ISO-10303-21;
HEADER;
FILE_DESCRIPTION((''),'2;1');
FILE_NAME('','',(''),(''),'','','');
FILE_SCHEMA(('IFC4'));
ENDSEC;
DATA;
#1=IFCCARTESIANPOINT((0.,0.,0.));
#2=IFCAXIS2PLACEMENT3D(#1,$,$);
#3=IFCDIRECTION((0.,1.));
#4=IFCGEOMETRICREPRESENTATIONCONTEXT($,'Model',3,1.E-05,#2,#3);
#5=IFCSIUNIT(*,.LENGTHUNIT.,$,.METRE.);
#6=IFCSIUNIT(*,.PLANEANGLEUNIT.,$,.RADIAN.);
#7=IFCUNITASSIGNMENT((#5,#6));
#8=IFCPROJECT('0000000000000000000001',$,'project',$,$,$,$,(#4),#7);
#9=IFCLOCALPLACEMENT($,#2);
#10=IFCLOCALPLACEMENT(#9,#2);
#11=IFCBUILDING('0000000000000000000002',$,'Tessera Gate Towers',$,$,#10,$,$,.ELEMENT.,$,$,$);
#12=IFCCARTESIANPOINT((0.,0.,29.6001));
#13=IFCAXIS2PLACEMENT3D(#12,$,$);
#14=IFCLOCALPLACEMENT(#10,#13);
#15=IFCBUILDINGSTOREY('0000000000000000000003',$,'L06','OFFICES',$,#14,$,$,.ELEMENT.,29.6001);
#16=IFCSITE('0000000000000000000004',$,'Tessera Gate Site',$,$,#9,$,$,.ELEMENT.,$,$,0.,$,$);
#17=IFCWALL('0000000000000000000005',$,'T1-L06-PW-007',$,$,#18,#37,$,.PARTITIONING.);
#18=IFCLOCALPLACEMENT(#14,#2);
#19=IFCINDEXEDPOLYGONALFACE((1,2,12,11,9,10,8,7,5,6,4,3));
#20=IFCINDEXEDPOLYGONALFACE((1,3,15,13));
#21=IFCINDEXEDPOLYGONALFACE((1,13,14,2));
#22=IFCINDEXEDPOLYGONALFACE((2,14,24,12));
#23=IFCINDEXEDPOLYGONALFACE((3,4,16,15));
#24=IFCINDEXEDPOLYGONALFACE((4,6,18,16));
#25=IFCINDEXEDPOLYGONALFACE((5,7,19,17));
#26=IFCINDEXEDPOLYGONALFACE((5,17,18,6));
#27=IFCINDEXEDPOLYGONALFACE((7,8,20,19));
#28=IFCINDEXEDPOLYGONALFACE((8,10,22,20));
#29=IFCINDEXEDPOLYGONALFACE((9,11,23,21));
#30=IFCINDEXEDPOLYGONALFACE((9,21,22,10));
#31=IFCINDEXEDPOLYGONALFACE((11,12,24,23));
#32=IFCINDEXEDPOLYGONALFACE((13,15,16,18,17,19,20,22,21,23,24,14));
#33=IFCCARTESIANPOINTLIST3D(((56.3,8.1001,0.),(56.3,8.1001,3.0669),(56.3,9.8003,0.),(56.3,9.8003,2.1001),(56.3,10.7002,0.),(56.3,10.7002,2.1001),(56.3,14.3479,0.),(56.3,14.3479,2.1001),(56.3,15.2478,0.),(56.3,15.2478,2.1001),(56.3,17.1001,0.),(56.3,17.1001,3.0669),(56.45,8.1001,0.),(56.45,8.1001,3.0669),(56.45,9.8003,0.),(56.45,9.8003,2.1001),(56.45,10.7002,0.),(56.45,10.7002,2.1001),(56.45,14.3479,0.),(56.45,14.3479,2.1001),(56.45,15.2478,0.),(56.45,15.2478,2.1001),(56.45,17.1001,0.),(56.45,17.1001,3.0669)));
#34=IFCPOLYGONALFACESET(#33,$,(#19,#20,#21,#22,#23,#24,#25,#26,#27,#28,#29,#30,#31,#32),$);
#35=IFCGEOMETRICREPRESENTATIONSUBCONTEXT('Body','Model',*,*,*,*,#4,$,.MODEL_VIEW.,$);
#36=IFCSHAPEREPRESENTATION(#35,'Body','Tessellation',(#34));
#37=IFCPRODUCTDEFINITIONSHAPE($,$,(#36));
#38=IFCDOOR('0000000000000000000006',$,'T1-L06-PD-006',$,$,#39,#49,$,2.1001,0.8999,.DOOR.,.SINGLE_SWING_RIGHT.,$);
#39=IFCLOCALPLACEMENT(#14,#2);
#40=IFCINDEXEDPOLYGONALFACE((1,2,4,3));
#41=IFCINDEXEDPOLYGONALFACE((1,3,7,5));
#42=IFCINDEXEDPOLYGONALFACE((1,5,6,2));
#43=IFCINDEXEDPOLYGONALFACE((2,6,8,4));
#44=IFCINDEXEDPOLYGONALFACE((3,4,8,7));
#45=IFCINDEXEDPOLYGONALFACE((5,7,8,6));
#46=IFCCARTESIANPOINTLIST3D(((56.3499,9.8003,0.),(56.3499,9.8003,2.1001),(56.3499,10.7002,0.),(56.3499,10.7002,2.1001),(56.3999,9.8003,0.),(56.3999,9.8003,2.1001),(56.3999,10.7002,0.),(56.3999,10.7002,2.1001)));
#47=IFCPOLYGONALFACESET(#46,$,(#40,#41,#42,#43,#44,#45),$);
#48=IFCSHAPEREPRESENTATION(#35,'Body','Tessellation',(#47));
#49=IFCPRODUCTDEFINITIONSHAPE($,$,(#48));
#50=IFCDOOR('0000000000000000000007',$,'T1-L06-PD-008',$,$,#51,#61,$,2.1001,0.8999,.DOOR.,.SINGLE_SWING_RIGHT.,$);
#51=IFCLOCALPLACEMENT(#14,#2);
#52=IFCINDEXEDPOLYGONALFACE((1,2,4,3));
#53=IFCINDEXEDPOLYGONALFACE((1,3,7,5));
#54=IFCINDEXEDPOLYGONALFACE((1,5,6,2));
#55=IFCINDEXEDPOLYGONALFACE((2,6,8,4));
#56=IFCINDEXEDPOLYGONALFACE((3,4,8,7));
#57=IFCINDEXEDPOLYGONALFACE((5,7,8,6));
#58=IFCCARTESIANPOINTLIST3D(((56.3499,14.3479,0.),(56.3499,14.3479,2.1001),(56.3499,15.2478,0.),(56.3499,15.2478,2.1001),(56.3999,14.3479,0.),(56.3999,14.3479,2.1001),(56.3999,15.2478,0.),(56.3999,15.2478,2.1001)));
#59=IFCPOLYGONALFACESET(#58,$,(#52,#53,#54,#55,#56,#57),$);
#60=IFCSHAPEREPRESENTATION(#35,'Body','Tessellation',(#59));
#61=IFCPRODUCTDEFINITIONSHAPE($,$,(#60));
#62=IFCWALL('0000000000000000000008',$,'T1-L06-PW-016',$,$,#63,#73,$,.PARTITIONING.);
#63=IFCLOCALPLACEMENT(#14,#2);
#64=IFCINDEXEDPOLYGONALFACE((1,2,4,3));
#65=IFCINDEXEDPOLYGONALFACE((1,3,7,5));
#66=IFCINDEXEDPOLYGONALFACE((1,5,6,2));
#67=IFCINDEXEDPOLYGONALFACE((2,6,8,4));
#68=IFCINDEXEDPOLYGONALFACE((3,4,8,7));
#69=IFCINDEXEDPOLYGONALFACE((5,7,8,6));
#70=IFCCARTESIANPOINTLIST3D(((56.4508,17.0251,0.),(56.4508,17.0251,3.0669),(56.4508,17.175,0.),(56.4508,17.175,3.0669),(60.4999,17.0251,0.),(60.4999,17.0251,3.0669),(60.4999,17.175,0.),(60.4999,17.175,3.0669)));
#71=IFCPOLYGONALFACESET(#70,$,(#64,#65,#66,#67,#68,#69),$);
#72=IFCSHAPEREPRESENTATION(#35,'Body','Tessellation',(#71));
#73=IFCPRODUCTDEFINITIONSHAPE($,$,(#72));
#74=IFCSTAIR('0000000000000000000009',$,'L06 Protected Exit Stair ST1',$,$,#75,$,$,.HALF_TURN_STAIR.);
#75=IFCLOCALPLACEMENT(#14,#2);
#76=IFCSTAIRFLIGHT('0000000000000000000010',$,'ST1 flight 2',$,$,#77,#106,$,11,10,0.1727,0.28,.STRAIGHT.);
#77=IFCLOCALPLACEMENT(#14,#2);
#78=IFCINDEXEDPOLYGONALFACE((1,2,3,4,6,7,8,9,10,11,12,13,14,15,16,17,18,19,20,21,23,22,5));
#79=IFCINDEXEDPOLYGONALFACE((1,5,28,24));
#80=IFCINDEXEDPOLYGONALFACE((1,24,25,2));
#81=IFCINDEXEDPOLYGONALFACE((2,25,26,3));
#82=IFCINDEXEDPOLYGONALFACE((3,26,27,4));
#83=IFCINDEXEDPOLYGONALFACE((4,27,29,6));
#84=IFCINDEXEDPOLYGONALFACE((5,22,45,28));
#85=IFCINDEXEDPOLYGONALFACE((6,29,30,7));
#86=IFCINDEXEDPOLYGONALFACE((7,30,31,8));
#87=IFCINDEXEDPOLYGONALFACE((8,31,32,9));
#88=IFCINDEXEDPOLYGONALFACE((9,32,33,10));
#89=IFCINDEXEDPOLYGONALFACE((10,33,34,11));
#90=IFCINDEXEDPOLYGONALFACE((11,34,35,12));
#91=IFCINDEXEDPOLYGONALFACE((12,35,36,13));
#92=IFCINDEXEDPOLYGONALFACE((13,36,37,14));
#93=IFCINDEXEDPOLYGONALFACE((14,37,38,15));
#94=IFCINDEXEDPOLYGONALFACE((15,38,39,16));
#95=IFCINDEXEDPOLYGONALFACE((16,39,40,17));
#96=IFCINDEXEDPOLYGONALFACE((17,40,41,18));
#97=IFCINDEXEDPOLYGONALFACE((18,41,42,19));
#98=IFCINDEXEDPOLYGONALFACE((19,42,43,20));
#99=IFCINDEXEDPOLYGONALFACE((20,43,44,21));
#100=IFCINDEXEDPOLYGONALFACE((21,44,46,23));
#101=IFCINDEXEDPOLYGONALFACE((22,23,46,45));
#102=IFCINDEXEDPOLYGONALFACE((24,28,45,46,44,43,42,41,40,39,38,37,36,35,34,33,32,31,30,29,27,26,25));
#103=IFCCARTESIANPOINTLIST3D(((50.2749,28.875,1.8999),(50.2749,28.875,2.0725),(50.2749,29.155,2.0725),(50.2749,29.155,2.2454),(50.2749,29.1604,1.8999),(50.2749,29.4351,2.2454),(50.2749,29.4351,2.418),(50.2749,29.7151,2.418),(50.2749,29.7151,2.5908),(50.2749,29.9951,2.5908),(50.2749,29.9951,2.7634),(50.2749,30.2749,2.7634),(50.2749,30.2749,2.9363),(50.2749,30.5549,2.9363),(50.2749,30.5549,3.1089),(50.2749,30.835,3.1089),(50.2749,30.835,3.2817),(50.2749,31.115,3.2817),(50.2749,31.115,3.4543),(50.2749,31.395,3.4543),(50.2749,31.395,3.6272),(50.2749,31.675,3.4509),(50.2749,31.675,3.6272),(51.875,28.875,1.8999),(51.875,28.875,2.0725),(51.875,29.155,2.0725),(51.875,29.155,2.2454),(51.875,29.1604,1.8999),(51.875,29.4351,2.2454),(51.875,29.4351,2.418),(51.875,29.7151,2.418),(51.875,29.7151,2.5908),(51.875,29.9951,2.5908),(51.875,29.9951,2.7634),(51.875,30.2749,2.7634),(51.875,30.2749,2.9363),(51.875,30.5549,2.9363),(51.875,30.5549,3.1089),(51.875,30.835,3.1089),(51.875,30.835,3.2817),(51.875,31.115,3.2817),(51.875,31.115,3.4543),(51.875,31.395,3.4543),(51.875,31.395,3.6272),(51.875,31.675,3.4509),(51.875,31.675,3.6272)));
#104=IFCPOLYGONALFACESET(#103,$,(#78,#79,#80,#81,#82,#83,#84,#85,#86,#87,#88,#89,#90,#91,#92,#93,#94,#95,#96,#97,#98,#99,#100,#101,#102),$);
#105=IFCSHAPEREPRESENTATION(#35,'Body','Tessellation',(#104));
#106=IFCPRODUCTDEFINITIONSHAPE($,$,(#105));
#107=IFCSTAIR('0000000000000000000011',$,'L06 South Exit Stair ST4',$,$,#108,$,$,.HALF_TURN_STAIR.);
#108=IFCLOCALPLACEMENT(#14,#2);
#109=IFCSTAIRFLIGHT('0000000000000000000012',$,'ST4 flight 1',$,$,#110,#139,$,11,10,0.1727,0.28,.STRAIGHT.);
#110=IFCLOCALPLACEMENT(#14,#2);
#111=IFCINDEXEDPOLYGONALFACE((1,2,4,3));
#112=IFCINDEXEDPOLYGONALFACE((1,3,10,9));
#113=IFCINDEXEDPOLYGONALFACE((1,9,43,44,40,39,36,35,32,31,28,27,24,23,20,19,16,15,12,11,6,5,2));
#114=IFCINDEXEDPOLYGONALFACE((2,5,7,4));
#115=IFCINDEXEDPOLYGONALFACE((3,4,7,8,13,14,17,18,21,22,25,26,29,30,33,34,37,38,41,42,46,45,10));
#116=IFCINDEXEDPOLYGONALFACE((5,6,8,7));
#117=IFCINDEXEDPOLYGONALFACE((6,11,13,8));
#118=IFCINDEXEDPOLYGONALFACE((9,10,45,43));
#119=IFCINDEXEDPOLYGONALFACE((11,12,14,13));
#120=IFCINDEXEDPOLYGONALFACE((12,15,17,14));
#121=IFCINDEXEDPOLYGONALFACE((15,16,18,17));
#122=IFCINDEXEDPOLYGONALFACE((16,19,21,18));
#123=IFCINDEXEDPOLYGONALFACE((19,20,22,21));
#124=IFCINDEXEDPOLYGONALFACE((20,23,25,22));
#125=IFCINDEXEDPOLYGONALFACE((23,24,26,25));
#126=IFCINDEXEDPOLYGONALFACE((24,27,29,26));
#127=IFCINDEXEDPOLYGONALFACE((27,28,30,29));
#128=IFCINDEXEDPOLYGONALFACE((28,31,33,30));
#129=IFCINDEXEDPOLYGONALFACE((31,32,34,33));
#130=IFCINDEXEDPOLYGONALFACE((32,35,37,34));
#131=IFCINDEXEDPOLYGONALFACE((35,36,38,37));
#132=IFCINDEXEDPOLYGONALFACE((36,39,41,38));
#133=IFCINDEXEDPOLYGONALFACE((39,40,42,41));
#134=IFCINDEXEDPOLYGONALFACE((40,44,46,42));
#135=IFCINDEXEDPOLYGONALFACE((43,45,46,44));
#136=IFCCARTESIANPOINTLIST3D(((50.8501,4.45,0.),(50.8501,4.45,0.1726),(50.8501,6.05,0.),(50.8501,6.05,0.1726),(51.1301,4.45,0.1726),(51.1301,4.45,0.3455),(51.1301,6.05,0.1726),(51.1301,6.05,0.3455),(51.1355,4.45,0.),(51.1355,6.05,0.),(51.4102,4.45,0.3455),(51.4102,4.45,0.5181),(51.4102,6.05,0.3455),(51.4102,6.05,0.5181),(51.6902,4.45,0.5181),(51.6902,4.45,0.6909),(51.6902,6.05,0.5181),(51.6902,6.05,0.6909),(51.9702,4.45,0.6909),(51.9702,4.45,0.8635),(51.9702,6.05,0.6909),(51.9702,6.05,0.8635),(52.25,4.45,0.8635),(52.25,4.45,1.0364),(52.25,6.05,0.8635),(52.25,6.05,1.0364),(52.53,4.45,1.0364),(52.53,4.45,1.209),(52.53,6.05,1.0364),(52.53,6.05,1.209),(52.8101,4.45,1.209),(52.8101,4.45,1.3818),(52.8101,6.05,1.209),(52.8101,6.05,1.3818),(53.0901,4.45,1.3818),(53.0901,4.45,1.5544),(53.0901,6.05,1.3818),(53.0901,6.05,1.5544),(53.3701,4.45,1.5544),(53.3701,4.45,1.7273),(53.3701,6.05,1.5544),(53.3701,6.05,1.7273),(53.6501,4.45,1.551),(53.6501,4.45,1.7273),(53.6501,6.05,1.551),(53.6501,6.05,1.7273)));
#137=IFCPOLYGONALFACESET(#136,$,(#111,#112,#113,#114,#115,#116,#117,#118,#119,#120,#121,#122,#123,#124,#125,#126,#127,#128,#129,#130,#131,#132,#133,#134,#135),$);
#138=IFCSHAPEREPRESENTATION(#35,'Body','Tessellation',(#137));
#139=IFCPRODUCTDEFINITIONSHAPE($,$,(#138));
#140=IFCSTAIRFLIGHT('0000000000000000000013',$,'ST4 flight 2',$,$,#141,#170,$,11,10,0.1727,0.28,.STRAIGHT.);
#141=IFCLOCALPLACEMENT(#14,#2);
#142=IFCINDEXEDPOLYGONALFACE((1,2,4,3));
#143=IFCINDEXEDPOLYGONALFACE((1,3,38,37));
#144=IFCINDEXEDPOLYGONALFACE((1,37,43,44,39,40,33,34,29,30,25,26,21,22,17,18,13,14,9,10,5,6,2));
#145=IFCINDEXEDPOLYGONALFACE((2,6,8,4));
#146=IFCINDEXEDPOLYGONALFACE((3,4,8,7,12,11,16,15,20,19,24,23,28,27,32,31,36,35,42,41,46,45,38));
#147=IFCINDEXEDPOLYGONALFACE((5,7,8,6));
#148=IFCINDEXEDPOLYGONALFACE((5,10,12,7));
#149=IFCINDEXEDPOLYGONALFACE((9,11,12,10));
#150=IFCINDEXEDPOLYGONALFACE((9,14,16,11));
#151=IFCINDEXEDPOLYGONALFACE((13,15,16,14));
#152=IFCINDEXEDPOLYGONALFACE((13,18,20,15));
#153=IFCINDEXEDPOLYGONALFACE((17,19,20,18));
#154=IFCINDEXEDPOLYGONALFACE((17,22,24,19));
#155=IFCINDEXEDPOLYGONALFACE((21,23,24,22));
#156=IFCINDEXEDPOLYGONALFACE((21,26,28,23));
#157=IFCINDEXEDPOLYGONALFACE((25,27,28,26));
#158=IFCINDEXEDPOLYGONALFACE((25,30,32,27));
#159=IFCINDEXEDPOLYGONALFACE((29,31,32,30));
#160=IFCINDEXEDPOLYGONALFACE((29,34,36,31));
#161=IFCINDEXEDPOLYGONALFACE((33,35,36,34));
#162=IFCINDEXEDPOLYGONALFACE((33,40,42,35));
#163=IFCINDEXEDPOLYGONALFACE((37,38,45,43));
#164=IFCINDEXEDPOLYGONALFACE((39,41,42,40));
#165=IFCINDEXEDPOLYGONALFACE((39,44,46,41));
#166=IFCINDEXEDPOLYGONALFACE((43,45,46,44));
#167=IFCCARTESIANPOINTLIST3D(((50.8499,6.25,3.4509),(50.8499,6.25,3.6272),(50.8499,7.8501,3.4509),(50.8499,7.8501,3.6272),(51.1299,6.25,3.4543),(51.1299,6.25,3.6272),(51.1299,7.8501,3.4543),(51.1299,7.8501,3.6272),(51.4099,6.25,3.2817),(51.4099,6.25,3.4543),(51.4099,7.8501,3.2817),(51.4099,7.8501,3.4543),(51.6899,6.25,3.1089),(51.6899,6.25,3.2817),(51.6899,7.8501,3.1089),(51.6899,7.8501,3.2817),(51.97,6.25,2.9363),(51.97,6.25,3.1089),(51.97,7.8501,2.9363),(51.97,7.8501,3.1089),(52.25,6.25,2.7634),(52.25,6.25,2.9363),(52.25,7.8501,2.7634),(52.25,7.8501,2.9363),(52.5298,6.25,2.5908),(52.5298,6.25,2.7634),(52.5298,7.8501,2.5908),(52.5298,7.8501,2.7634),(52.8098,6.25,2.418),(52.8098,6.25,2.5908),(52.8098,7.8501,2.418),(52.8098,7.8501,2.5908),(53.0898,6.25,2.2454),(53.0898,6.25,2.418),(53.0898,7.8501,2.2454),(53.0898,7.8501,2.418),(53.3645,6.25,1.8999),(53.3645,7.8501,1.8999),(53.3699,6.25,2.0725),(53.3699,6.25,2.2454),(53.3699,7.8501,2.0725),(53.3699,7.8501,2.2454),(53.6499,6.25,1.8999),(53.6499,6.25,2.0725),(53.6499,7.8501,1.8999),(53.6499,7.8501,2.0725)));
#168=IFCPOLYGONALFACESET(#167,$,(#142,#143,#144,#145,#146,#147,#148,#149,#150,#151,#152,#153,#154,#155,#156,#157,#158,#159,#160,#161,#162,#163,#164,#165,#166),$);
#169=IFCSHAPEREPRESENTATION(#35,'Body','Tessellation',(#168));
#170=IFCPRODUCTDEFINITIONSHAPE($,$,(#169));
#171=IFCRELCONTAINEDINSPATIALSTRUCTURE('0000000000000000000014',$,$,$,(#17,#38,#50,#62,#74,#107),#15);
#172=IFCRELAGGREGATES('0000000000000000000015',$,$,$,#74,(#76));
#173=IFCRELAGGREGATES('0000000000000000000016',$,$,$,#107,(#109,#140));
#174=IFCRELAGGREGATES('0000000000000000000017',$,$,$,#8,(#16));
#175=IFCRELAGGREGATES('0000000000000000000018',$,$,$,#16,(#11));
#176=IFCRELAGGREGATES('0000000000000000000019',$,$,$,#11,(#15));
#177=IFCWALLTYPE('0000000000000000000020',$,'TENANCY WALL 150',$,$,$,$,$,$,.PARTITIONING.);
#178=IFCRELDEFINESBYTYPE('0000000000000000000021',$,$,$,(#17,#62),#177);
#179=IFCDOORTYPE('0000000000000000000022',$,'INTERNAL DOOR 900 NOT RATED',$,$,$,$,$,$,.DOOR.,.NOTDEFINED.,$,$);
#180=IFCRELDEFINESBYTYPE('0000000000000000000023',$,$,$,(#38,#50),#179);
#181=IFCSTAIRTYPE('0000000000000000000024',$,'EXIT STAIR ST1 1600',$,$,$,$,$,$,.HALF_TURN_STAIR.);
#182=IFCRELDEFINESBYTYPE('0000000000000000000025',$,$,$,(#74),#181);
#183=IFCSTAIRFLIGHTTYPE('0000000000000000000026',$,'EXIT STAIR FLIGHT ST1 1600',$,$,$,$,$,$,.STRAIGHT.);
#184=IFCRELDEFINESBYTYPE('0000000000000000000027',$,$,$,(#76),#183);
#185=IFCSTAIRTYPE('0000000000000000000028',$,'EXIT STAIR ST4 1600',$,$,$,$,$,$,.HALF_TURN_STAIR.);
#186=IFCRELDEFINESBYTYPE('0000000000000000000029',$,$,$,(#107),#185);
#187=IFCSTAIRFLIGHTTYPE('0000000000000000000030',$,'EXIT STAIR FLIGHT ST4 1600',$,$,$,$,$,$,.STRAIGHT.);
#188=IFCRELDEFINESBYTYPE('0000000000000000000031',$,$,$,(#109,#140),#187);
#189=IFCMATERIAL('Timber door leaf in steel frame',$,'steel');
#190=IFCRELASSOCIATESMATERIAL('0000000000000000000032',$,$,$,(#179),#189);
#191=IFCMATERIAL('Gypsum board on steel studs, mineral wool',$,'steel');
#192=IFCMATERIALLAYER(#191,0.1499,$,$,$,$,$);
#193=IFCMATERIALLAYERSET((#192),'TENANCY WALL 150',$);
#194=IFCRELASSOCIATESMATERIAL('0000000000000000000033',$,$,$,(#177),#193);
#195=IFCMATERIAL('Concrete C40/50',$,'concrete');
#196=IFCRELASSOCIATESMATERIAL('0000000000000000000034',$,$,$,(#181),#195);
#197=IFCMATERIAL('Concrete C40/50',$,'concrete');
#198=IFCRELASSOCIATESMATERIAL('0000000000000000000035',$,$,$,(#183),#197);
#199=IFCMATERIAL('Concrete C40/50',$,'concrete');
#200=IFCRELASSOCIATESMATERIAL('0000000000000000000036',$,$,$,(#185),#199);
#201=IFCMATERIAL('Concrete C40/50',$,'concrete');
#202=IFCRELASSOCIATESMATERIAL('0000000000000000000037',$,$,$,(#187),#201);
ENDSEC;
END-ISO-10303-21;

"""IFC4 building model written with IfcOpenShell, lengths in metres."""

from ifc_helpers import new_model, si_unit, direction, frame, frame_2d, origin, place, context, subcontext, project, spatial, polyline, rectangle, outline, extrude, source, transform, mapped, material, layer, layer_set, type_object, element, fill, aggregate, save


model = new_model("IFC4")

# Units and contexts
model_context = context("Model", 3, precision=1e-05, world=origin(), true_north=direction((0.0, 1.0)))
body_context = subcontext(model_context, "Body", "Model", "MODEL_VIEW")
ifc_project = project(units=[si_unit("LENGTHUNIT", "METRE"), si_unit("PLANEANGLEUNIT", "RADIAN")], contexts=[model_context])

# Site, building, storey
site_placement = place(None, origin())
site = spatial("IfcSite", under=ifc_project, at=site_placement, Name="Tessera Gate Site", CompositionType="ELEMENT", RefElevation=0.0)
building_placement = place(site_placement, origin())
building = spatial("IfcBuilding", under=site, at=building_placement, Name="Tessera Gate Towers", CompositionType="ELEMENT")
storey_placement = place(building_placement, frame((0.0, 0.0, 29.6001)))
storey = spatial("IfcBuildingStorey", under=building, at=storey_placement, Name="L06", Description="OFFICES", CompositionType="ELEMENT", Elevation=29.6001)

# Shared definitions
ifc_material_1 = material(Name="Timber door leaf in steel frame", Category="steel")
door_type_1 = type_object("IfcDoorType", Name="INTERNAL DOOR 900 NOT RATED", OperationType="NOTDEFINED", PredefinedType="DOOR", material=ifc_material_1)
shared_shape_1 = source(origin(), body_context, "Body", "SweptSolid", [
    extrude(rectangle(XDim=0.8999, YDim=2.1001, at=frame_2d((0.45, 1.05))), frame((0.0, 0.0249, 0.0), z_axis=(0.0, -1.0, 0.0), x_axis=(1.0, 0.0, 0.0)), (0.0, 0.0, 1.0), 0.05),
])

# Wall, openings, doors
ifc_material_2 = material(Name="Gypsum board on steel studs, mineral wool", Category="steel")
ifc_layer_1 = layer(ifc_material_2, 0.1499)
ifc_layer_set_1 = layer_set([ifc_layer_1], Name="TENANCY WALL 150")
wall_type_1 = type_object("IfcWallType", Name="TENANCY WALL 150", PredefinedType="PARTITIONING", material=ifc_layer_set_1)
wall_1_placement = place(storey_placement, frame((56.375, 17.1001, 0.0), z_axis=(0.0, 0.0, 1.0), x_axis=(0.0, -1.0, 0.0)))
wall_1 = element("IfcWall", 1, at=wall_1_placement, inside=storey, type_object=wall_type_1, Name="T1-L06-PW-007", PredefinedType="PARTITIONING", context=body_context, shape_type="SweptSolid", body=[
    extrude(rectangle(XDim=9.0, YDim=0.1499, at=frame_2d((4.5, 0.0))), origin(), (0.0, 0.0, 1.0), 3.0669),
])
shared_shape_2 = source(origin(), body_context, "Body", "SweptSolid", [
    extrude(rectangle(XDim=0.8999, YDim=2.1001, at=frame_2d((0.45, 1.05))), frame((0.0, 0.085, 0.0), z_axis=(0.0, -1.0, 0.0), x_axis=(1.0, 0.0, 0.0)), (0.0, 0.0, 1.0), 0.1699),
])
opening_1_placement = place(wall_1_placement, frame((6.3999, 0.0, 0.0)))
opening_1 = element("IfcOpeningElement", 2, at=opening_1_placement, cuts=wall_1, PredefinedType="OPENING", context=body_context, shape_type="MappedRepresentation", body=[
    mapped(shared_shape_2, transform((0.0, 0.0, 0.0), scale=1.0)),
])
opening_2_placement = place(wall_1_placement, frame((1.8523, 0.0, 0.0)))
opening_2 = element("IfcOpeningElement", 3, at=opening_2_placement, cuts=wall_1, PredefinedType="OPENING", context=body_context, shape_type="MappedRepresentation", body=[
    mapped(shared_shape_2, transform((0.0, 0.0, 0.0), scale=1.0)),
])
door_1_placement = place(opening_1_placement, origin())
door_1 = element("IfcDoor", 4, at=door_1_placement, inside=storey, type_object=door_type_1, Name="T1-L06-PD-006", OperationType="SINGLE_SWING_RIGHT", OverallHeight=2.1001, OverallWidth=0.8999, PredefinedType="DOOR", context=body_context, shape_type="MappedRepresentation", body=[
    mapped(shared_shape_1, transform((0.0, 0.0, 0.0), scale=1.0)),
])
fill(opening_1, door_1)
door_2_placement = place(opening_2_placement, origin())
door_2 = element("IfcDoor", 5, at=door_2_placement, inside=storey, type_object=door_type_1, Name="T1-L06-PD-008", OperationType="SINGLE_SWING_RIGHT", OverallHeight=2.1001, OverallWidth=0.8999, PredefinedType="DOOR", context=body_context, shape_type="MappedRepresentation", body=[
    mapped(shared_shape_1, transform((0.0, 0.0, 0.0), scale=1.0)),
])
fill(opening_2, door_2)

# Wall
wall_2_placement = place(storey_placement, frame((56.4509, 17.1001, 0.0), z_axis=(0.0, 0.0, 1.0), x_axis=(1.0, 0.0, 0.0)))
element("IfcWall", 6, at=wall_2_placement, inside=storey, type_object=wall_type_1, Name="T1-L06-PW-016", PredefinedType="PARTITIONING", context=body_context, shape_type="SweptSolid", body=[
    extrude(rectangle(XDim=4.0491, YDim=0.1499, at=frame_2d((2.0244, 0.0))), origin(), (0.0, 0.0, 1.0), 3.0669),
])

# Stair, stair flight
ifc_material_3 = material(Name="Concrete C40/50", Category="concrete")
stair_type_1 = type_object("IfcStairType", Name="EXIT STAIR ST1 1600", PredefinedType="HALF_TURN_STAIR", material=ifc_material_3)
stair_1_placement = place(storey_placement, origin())
stair_1 = element("IfcStair", 7, at=stair_1_placement, inside=storey, type_object=stair_type_1, Name="L06 Protected Exit Stair ST1", PredefinedType="HALF_TURN_STAIR")
ifc_material_4 = material(Name="Concrete C40/50", Category="concrete")
stair_flight_type_1 = type_object("IfcStairFlightType", Name="EXIT STAIR FLIGHT ST1 1600", PredefinedType="STRAIGHT", material=ifc_material_4)
stair_flight_1_placement = place(storey_placement, frame((51.075, 28.875, 1.8999), z_axis=(0.0, 0.0, 1.0), x_axis=(0.0, 1.0, 0.0)))
stair_flight_1 = element("IfcStairFlight", 8, at=stair_flight_1_placement, type_object=stair_flight_type_1, Name="ST1 flight 2", NumberOfRisers=11, NumberOfTreads=10, PredefinedType="STRAIGHT", RiserHeight=0.1727, TreadLength=0.28, context=body_context, shape_type="SweptSolid", body=[
    extrude(outline(polyline([(0.0, 0.0), (0.0, 0.1726), (0.28, 0.1726), (0.28, 0.3455), (0.5601, 0.3455), (0.5601, 0.5181), (0.8401, 0.5181), (0.8401, 0.6909), (1.1201, 0.6909), (1.1201, 0.8635), (1.3999, 0.8635), (1.3999, 1.0364), (1.6799, 1.0364), (1.6799, 1.209), (1.96, 1.209), (1.96, 1.3818), (2.24, 1.3818), (2.24, 1.5544), (2.52, 1.5544), (2.52, 1.7273), (2.8, 1.7273), (2.8, 1.8999), (2.8, 1.551), (0.2854, 0.0), (0.0, 0.0)])), frame((0.0, 0.8, 0.0), z_axis=(0.0, -1.0, 0.0), x_axis=(1.0, 0.0, 0.0)), (0.0, 0.0, 1.0), 1.6001),
])
aggregate(stair_1, [stair_flight_1])

# Stair, stair flights
ifc_material_5 = material(Name="Concrete C40/50", Category="concrete")
stair_type_2 = type_object("IfcStairType", Name="EXIT STAIR ST4 1600", PredefinedType="HALF_TURN_STAIR", material=ifc_material_5)
stair_2_placement = place(storey_placement, origin())
stair_2 = element("IfcStair", 9, at=stair_2_placement, inside=storey, type_object=stair_type_2, Name="L06 South Exit Stair ST4", PredefinedType="HALF_TURN_STAIR")
ifc_material_6 = material(Name="Concrete C40/50", Category="concrete")
stair_flight_type_2 = type_object("IfcStairFlightType", Name="EXIT STAIR FLIGHT ST4 1600", PredefinedType="STRAIGHT", material=ifc_material_6)
stair_flight_2_placement = place(storey_placement, frame((50.8501, 5.25, 0.0), z_axis=(0.0, 0.0, 1.0), x_axis=(1.0, 0.0, 0.0)))
stair_flight_2 = element("IfcStairFlight", 10, at=stair_flight_2_placement, type_object=stair_flight_type_2, Name="ST4 flight 1", NumberOfRisers=11, NumberOfTreads=10, PredefinedType="STRAIGHT", RiserHeight=0.1727, TreadLength=0.28, context=body_context, shape_type="SweptSolid", body=[
    extrude(outline(polyline([(0.0, 0.0), (0.0, 0.1726), (0.28, 0.1726), (0.28, 0.3455), (0.5601, 0.3455), (0.5601, 0.5181), (0.8401, 0.5181), (0.8401, 0.6909), (1.1201, 0.6909), (1.1201, 0.8635), (1.3999, 0.8635), (1.3999, 1.0364), (1.6799, 1.0364), (1.6799, 1.209), (1.96, 1.209), (1.96, 1.3818), (2.24, 1.3818), (2.24, 1.5544), (2.52, 1.5544), (2.52, 1.7273), (2.8, 1.7273), (2.8, 1.8999), (2.8, 1.551), (0.2854, 0.0), (0.0, 0.0)])), frame((0.0, 0.8, 0.0), z_axis=(0.0, -1.0, 0.0), x_axis=(1.0, 0.0, 0.0)), (0.0, 0.0, 1.0), 1.6001),
])
stair_flight_3_placement = place(storey_placement, frame((53.6499, 7.05, 1.8999), z_axis=(0.0, 0.0, 1.0), x_axis=(-1.0, 0.0, 0.0)))
stair_flight_3 = element("IfcStairFlight", 11, at=stair_flight_3_placement, type_object=stair_flight_type_2, Name="ST4 flight 2", NumberOfRisers=11, NumberOfTreads=10, PredefinedType="STRAIGHT", RiserHeight=0.1727, TreadLength=0.28, context=body_context, shape_type="SweptSolid", body=[
    extrude(outline(polyline([(0.0, 0.0), (0.0, 0.1726), (0.28, 0.1726), (0.28, 0.3455), (0.5601, 0.3455), (0.5601, 0.5181), (0.8401, 0.5181), (0.8401, 0.6909), (1.1201, 0.6909), (1.1201, 0.8635), (1.3999, 0.8635), (1.3999, 1.0364), (1.6799, 1.0364), (1.6799, 1.209), (1.96, 1.209), (1.96, 1.3818), (2.24, 1.3818), (2.24, 1.5544), (2.52, 1.5544), (2.52, 1.7273), (2.8, 1.7273), (2.8, 1.8999), (2.8, 1.551), (0.2854, 0.0), (0.0, 0.0)])), frame((0.0, 0.8, 0.0), z_axis=(0.0, -1.0, 0.0), x_axis=(1.0, 0.0, 0.0)), (0.0, 0.0, 1.0), 1.6001),
])
aggregate(stair_2, [stair_flight_2, stair_flight_3])

save(model, "model.ifc")
